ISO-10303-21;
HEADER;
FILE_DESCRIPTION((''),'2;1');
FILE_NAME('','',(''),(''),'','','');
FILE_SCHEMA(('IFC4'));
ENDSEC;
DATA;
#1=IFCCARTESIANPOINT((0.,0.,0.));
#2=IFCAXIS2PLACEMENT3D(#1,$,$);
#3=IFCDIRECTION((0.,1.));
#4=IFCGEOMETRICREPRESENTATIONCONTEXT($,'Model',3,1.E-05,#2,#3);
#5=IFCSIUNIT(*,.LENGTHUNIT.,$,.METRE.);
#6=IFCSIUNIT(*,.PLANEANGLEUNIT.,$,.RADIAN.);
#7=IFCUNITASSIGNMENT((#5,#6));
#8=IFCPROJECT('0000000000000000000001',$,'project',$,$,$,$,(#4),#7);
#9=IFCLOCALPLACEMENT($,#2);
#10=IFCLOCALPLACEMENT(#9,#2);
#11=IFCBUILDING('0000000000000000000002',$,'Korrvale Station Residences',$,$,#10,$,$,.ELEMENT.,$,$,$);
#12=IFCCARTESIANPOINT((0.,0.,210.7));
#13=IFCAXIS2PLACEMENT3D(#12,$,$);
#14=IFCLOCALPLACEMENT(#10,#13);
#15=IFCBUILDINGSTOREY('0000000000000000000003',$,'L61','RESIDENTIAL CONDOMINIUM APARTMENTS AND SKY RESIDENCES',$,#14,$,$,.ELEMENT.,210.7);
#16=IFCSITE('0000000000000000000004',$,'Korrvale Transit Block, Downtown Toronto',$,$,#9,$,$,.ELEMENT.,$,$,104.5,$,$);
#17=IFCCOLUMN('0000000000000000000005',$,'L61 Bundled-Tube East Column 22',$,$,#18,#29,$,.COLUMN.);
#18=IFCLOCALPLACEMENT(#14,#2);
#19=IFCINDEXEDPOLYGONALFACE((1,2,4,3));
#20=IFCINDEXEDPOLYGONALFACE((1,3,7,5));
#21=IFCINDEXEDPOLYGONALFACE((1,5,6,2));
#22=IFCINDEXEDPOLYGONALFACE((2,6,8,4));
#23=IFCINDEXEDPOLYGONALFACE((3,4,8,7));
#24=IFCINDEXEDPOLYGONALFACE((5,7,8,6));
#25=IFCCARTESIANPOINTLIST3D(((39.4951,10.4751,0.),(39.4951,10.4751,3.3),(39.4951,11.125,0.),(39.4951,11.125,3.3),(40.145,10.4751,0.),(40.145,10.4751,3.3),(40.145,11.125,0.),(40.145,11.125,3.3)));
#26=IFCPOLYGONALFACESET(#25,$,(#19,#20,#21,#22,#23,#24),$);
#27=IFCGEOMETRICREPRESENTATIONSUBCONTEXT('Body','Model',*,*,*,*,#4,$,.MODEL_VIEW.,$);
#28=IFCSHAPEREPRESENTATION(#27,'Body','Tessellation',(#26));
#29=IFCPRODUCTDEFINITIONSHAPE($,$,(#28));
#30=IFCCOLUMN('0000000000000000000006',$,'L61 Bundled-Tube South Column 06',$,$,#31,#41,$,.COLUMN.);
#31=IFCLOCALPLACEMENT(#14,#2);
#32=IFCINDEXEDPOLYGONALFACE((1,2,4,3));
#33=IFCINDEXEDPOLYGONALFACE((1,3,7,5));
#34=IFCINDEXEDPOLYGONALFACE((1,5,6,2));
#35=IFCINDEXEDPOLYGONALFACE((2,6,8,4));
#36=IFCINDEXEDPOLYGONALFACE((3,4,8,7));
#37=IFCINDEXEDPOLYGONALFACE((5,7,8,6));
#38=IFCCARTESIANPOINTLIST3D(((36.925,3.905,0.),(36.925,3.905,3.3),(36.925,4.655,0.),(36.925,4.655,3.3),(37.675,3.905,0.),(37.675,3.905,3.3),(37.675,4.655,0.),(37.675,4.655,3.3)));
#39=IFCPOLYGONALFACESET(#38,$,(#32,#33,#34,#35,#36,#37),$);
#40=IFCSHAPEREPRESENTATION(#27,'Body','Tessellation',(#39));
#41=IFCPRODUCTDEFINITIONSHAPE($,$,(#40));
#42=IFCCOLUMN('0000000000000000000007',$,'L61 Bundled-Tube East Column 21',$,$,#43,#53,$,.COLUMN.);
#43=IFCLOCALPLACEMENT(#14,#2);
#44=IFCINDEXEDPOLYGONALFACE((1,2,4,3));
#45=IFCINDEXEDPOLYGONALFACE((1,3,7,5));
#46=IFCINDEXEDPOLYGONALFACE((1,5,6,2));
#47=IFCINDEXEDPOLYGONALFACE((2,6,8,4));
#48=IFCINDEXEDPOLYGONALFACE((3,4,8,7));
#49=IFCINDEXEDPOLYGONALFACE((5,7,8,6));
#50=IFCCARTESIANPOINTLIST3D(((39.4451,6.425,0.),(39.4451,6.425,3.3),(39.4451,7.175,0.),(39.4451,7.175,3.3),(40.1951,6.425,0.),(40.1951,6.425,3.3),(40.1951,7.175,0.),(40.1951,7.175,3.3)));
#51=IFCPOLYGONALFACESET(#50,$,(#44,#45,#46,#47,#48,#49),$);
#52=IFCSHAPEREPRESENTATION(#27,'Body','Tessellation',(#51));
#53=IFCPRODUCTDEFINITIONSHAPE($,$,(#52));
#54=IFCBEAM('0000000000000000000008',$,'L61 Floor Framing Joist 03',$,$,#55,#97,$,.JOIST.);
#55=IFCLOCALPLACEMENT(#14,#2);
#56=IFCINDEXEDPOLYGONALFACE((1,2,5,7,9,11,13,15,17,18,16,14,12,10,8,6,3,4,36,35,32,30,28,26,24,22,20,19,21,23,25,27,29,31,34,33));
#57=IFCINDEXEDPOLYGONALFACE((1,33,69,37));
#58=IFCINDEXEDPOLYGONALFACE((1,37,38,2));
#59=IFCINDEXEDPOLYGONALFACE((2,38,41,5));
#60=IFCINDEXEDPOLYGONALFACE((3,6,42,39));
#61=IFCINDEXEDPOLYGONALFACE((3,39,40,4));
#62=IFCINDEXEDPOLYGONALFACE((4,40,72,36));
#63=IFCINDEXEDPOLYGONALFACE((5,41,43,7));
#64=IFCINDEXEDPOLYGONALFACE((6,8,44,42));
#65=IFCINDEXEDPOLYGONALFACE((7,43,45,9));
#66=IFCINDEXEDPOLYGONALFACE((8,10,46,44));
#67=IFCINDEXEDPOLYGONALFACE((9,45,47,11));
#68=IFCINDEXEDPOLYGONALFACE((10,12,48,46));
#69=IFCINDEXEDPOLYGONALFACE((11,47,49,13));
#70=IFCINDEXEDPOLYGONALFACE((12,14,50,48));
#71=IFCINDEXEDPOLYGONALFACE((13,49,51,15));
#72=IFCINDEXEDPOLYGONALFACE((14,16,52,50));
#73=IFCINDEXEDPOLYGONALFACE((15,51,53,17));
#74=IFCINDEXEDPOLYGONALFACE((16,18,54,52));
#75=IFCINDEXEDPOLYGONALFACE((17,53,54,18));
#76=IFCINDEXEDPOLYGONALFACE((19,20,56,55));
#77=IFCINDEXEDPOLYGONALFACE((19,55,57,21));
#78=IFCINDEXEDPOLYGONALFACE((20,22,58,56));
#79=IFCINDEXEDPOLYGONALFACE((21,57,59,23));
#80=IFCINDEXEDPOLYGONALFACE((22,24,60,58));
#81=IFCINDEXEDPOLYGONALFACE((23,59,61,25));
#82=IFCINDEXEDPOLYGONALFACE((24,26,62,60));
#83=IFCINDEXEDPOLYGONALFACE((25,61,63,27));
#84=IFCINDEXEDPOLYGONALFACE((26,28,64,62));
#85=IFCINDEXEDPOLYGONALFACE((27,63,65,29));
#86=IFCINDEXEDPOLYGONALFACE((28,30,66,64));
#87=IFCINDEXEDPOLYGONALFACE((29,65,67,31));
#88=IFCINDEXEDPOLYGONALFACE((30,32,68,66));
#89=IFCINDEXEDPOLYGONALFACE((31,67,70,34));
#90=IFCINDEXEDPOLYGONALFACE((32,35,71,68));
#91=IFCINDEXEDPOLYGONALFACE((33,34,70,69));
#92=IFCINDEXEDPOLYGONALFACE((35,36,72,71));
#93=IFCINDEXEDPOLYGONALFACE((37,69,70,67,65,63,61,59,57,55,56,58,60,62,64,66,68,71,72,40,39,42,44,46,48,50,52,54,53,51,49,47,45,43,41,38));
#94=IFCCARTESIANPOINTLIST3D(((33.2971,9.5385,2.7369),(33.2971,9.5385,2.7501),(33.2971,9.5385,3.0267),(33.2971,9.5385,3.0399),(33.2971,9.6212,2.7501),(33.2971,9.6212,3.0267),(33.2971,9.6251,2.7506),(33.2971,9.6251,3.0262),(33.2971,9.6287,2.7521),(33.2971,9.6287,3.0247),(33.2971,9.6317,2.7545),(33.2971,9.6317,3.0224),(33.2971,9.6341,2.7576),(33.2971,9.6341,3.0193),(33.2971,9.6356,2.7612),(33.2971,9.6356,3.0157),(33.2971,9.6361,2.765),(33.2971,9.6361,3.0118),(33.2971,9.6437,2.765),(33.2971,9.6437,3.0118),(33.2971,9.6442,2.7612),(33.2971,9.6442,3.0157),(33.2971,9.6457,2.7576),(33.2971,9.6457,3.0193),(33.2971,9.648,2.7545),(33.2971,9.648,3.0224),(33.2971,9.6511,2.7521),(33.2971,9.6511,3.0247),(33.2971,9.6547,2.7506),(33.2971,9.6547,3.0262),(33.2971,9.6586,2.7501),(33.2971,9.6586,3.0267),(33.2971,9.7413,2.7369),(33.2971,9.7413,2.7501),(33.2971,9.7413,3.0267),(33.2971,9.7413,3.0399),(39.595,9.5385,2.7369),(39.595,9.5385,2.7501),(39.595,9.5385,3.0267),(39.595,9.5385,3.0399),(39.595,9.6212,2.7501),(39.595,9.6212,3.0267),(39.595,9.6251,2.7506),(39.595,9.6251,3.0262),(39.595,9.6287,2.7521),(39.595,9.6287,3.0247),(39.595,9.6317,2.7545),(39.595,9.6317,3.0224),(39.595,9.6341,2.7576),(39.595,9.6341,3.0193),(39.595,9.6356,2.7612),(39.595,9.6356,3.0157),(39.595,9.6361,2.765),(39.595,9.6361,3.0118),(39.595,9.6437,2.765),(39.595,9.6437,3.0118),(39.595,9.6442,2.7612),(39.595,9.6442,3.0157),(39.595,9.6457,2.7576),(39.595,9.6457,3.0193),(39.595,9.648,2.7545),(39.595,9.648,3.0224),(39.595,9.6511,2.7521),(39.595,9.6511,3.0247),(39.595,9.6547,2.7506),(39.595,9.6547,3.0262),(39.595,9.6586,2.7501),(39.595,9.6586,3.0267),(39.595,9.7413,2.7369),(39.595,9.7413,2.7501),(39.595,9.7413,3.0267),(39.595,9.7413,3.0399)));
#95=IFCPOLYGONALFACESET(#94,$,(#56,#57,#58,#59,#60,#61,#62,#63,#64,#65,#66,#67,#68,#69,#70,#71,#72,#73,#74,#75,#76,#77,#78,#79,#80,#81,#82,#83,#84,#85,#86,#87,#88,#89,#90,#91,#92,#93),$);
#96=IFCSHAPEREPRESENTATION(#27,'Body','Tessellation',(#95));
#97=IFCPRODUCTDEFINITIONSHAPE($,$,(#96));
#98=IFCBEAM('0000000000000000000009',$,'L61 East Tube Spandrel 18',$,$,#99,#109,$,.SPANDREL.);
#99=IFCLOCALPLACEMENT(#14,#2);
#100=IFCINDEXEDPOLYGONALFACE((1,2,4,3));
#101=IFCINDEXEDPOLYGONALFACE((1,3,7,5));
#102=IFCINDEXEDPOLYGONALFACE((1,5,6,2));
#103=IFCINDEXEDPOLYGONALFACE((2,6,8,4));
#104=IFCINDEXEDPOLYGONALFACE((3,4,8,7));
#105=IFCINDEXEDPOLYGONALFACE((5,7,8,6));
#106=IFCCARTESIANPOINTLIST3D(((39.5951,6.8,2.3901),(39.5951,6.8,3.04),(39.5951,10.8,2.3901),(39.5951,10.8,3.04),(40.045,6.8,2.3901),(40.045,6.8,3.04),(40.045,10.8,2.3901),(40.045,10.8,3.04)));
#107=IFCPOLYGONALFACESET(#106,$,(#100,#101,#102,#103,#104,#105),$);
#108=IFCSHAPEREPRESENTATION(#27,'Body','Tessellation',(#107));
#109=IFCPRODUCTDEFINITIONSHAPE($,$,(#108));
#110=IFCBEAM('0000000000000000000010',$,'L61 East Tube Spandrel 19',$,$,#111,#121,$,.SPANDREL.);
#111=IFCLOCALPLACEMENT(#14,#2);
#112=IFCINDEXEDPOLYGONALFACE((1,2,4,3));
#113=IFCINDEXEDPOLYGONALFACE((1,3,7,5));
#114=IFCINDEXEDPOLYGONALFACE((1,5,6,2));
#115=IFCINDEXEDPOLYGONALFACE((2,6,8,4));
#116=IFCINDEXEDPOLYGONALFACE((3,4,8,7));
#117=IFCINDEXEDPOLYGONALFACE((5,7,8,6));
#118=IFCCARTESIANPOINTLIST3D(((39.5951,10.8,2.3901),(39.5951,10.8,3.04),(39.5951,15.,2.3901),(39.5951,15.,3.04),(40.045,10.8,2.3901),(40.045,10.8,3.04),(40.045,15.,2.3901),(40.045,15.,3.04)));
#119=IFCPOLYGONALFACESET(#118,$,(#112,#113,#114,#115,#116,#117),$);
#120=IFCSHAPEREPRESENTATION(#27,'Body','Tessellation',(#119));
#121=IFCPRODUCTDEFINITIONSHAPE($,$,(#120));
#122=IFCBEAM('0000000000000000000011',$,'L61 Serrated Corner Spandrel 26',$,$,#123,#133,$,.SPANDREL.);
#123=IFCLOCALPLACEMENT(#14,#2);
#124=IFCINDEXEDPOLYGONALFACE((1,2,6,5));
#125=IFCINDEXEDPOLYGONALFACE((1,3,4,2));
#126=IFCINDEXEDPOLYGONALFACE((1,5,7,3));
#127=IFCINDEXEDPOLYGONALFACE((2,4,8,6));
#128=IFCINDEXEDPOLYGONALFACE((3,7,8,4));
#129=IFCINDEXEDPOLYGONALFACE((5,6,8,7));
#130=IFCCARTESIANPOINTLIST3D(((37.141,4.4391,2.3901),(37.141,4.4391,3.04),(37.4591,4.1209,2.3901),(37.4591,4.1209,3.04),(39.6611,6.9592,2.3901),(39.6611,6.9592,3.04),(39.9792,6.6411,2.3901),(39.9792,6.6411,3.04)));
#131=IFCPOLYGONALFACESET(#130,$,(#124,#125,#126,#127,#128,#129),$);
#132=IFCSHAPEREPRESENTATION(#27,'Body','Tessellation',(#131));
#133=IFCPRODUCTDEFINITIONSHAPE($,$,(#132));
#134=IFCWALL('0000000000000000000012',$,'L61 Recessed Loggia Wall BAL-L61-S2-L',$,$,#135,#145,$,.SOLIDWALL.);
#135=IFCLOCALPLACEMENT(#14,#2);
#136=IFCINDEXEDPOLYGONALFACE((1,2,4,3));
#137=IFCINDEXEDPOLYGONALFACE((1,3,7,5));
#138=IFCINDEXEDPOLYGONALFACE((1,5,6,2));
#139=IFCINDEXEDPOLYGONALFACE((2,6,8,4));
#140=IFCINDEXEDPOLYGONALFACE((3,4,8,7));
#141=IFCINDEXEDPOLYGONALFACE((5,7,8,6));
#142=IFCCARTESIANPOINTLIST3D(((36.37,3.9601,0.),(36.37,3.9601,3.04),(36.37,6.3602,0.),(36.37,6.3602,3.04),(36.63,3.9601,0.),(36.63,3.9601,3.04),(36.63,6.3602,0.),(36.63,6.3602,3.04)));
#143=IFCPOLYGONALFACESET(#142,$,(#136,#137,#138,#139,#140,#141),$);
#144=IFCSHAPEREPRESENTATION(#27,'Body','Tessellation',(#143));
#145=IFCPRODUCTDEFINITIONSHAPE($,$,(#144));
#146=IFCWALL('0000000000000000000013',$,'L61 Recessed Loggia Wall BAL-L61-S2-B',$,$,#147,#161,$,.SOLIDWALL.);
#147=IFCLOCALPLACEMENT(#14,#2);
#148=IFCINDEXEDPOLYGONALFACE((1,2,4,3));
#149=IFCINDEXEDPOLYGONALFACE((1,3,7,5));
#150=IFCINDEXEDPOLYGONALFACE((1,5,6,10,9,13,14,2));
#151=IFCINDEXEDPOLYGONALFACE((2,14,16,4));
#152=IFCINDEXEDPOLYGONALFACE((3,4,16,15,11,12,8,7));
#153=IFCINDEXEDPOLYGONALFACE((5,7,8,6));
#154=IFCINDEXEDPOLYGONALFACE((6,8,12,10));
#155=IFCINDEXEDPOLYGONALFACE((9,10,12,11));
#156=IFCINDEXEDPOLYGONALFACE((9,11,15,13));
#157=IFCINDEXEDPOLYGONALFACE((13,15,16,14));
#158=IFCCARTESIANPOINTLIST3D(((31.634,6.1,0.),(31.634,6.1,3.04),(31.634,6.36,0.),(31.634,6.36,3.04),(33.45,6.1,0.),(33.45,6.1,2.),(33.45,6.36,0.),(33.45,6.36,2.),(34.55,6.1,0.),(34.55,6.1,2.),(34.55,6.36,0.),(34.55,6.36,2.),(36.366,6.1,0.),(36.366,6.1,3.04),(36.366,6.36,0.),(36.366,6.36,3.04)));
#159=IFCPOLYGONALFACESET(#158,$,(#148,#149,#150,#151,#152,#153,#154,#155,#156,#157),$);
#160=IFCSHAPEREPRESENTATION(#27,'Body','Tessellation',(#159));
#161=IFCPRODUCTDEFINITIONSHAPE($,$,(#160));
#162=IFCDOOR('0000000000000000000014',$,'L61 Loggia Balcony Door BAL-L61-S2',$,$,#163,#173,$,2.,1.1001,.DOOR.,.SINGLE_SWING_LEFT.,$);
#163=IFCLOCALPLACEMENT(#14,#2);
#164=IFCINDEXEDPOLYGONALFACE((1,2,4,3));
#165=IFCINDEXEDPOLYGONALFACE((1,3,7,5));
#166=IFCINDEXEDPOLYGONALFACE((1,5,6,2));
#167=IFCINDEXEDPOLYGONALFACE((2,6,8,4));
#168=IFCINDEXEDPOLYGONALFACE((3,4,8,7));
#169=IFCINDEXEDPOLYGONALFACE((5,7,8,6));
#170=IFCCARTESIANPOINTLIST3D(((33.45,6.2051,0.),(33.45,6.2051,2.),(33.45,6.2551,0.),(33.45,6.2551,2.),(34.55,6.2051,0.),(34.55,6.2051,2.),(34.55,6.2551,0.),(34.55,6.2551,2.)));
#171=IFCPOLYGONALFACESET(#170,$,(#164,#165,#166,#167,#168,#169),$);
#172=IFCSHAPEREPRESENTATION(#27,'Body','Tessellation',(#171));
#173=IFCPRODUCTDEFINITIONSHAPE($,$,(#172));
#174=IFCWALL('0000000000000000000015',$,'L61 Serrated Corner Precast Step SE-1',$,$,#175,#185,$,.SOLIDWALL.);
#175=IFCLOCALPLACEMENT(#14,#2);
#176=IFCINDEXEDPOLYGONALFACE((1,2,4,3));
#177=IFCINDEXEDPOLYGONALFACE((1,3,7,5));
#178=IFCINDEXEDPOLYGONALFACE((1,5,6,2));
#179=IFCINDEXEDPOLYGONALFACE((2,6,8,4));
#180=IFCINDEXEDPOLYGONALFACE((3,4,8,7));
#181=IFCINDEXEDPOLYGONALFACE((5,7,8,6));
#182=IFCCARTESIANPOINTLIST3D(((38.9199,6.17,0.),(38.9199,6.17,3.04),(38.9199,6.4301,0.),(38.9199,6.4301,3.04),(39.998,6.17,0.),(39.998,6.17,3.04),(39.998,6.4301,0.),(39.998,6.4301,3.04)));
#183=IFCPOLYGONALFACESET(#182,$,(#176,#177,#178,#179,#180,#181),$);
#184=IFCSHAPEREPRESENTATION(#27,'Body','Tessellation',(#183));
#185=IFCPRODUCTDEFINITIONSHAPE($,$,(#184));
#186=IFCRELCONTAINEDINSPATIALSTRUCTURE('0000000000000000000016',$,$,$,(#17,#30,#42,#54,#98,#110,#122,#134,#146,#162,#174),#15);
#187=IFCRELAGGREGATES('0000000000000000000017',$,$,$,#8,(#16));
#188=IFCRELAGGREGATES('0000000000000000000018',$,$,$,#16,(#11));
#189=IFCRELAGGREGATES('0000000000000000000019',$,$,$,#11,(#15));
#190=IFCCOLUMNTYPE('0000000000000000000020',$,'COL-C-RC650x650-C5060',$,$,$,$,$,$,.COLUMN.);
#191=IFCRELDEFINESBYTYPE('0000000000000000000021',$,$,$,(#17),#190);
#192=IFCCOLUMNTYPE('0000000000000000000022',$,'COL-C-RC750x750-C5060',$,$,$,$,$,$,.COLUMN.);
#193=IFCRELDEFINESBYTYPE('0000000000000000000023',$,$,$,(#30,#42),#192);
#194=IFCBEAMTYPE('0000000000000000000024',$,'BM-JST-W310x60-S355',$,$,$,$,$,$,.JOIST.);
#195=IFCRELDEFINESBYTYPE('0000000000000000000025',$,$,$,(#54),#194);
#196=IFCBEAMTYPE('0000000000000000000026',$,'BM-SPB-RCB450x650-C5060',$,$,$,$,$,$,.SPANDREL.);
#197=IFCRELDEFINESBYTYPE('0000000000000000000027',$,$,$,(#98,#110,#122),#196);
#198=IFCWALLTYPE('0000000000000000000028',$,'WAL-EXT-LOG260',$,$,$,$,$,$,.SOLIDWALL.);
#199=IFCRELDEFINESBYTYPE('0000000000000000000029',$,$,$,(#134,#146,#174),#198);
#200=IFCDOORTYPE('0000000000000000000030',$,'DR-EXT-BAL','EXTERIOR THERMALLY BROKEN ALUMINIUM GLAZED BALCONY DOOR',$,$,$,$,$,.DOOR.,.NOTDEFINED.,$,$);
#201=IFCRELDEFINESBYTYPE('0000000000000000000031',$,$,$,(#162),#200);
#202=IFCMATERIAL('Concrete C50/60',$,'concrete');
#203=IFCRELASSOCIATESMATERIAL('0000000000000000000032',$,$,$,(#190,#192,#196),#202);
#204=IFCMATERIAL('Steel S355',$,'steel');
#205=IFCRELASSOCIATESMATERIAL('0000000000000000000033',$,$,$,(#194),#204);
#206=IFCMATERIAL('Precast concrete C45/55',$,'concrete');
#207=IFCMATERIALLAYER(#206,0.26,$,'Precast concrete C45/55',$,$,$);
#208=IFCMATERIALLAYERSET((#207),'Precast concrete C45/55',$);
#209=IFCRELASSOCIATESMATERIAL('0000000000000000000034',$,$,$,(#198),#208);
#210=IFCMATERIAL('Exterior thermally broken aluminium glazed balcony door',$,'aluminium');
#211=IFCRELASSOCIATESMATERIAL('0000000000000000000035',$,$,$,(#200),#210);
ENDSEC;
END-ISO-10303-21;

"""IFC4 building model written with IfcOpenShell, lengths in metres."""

from ifc_helpers import new_model, si_unit, direction, frame, frame_2d, origin, origin_2d, place, context, subcontext, project, spatial, rectangle, i_section, extrude, material, layer, layer_set, material_profile, profile_set, type_object, element, fill, save


model = new_model("IFC4")

# Units and contexts
model_context = context("Model", 3, precision=1e-05, world=origin(), true_north=direction((0.0, 1.0)))
body_context = subcontext(model_context, "Body", "Model", "MODEL_VIEW")
ifc_project = project(units=[si_unit("LENGTHUNIT", "METRE"), si_unit("PLANEANGLEUNIT", "RADIAN")], contexts=[model_context])

# Site, building, storey
site_placement = place(None, origin())
site = spatial("IfcSite", under=ifc_project, at=site_placement, Name="Korrvale Transit Block, Downtown Toronto", CompositionType="ELEMENT", RefElevation=104.5)
building_placement = place(site_placement, origin())
building = spatial("IfcBuilding", under=site, at=building_placement, Name="Korrvale Station Residences", CompositionType="ELEMENT")
storey_placement = place(building_placement, frame((0.0, 0.0, 210.7)))
storey = spatial("IfcBuildingStorey", under=building, at=storey_placement, Name="L61", Description="RESIDENTIAL CONDOMINIUM APARTMENTS AND SKY RESIDENCES", CompositionType="ELEMENT", Elevation=210.7)

# Columns
ifc_material_1 = material(Name="Concrete C50/60", Category="concrete")
ifc_material_profile_1 = material_profile(ifc_material_1, rectangle(XDim=0.6499, YDim=0.6499, at=origin_2d()), Name="RC650x650")
ifc_profile_set_1 = profile_set([ifc_material_profile_1], Name="Concrete C50/60")
column_type_1 = type_object("IfcColumnType", Name="COL-C-RC650x650-C5060", PredefinedType="COLUMN", material=ifc_profile_set_1)
column_placement = place(storey_placement, frame((39.8201, 10.8, 0.0), z_axis=(0.0, 0.0, 1.0), x_axis=(1.0, 0.0, 0.0)))
element("IfcColumn", 1, at=column_placement, inside=storey, type_object=column_type_1, Name="L61 Bundled-Tube East Column 22", PredefinedType="COLUMN", context=body_context, shape_type="SweptSolid", body=[
    extrude(rectangle(XDim=0.6499, YDim=0.6499, at=origin_2d()), origin(), (0.0, 0.0, 1.0), 3.3),
])
ifc_material_profile_2 = material_profile(ifc_material_1, rectangle(XDim=0.75, YDim=0.75, at=origin_2d()), Name="RC750x750")
ifc_profile_set_2 = profile_set([ifc_material_profile_2], Name="Concrete C50/60")
column_type_2 = type_object("IfcColumnType", Name="COL-C-RC750x750-C5060", PredefinedType="COLUMN", material=ifc_profile_set_2)
for number, where, z_axis, x_axis, name in (
    (2, (37.3, 4.28, 0.0), (0.0, 0.0, 1.0), (1.0, 0.0, 0.0), "L61 Bundled-Tube South Column 06"),
    (3, (39.8201, 6.8, 0.0), (0.0, 0.0, 1.0), (1.0, 0.0, 0.0), "L61 Bundled-Tube East Column 21"),
):
    element("IfcColumn", number, at=place(storey_placement, frame(where, z_axis=z_axis, x_axis=x_axis)), inside=storey, type_object=column_type_2, Name=name, PredefinedType="COLUMN", context=body_context, shape_type="SweptSolid", body=[
        extrude(rectangle(XDim=0.75, YDim=0.75, at=origin_2d()), origin(), (0.0, 0.0, 1.0), 3.3),
    ])

# Beams
ifc_material_2 = material(Name="Steel S355", Category="steel")
ifc_material_profile_3 = material_profile(ifc_material_2, i_section(OverallWidth=0.2029, OverallDepth=0.303, WebThickness=0.0076, FlangeThickness=0.0132, FilletRadius=0.0149, at=origin_2d()), Name="W310x60")
ifc_profile_set_3 = profile_set([ifc_material_profile_3], Name="Steel S355")
beam_type_1 = type_object("IfcBeamType", Name="BM-JST-W310x60-S355", PredefinedType="JOIST", material=ifc_profile_set_3)
beam_1_placement = place(storey_placement, frame((33.2971, 9.6399, 2.8884), z_axis=(1.0, 0.0, 0.0), x_axis=(0.0, 1.0, 0.0)))
element("IfcBeam", 4, at=beam_1_placement, inside=storey, type_object=beam_type_1, Name="L61 Floor Framing Joist 03", PredefinedType="JOIST", context=body_context, shape_type="SweptSolid", body=[
    extrude(i_section(OverallWidth=0.2029, OverallDepth=0.303, WebThickness=0.0076, FlangeThickness=0.0132, FilletRadius=0.0149, at=origin_2d()), origin(), (0.0, 0.0, 1.0), 6.2979),
])
ifc_material_profile_4 = material_profile(ifc_material_1, rectangle(XDim=0.45, YDim=0.6499, at=origin_2d()), Name="RCB450x650")
ifc_profile_set_4 = profile_set([ifc_material_profile_4], Name="Concrete C50/60")
beam_type_2 = type_object("IfcBeamType", Name="BM-SPB-RCB450x650-C5060", PredefinedType="SPANDREL", material=ifc_profile_set_4)
beam_2_placement = place(storey_placement, frame((39.8201, 6.8, 2.7151), z_axis=(0.0, 1.0, 0.0), x_axis=(-1.0, 0.0, 0.0)))
element("IfcBeam", 5, at=beam_2_placement, inside=storey, type_object=beam_type_2, Name="L61 East Tube Spandrel 18", PredefinedType="SPANDREL", context=body_context, shape_type="SweptSolid", body=[
    extrude(rectangle(XDim=0.45, YDim=0.6499, at=origin_2d()), origin(), (0.0, 0.0, 1.0), 4.0),
])
beam_3_placement = place(storey_placement, frame((39.8201, 10.8, 2.7151), z_axis=(0.0, 1.0, 0.0), x_axis=(-1.0, 0.0, 0.0)))
element("IfcBeam", 6, at=beam_3_placement, inside=storey, type_object=beam_type_2, Name="L61 East Tube Spandrel 19", PredefinedType="SPANDREL", context=body_context, shape_type="SweptSolid", body=[
    extrude(rectangle(XDim=0.45, YDim=0.6499, at=origin_2d()), origin(), (0.0, 0.0, 1.0), 4.2),
])
beam_4_placement = place(storey_placement, frame((37.3, 4.28, 2.7151), z_axis=(0.707107, 0.707107, 0.0), x_axis=(-0.707107, 0.707107, 0.0)))
element("IfcBeam", 7, at=beam_4_placement, inside=storey, type_object=beam_type_2, Name="L61 Serrated Corner Spandrel 26", PredefinedType="SPANDREL", context=body_context, shape_type="SweptSolid", body=[
    extrude(rectangle(XDim=0.45, YDim=0.6499, at=origin_2d()), origin(), (0.0, 0.0, 1.0), 3.564),
])

# Wall
ifc_material_3 = material(Name="Precast concrete C45/55", Category="concrete")
ifc_layer_1 = layer(ifc_material_3, 0.26, Name="Precast concrete C45/55")
ifc_layer_set_1 = layer_set([ifc_layer_1], Name="Precast concrete C45/55")
wall_type_1 = type_object("IfcWallType", Name="WAL-EXT-LOG260", PredefinedType="SOLIDWALL", material=ifc_layer_set_1)
wall_1_placement = place(storey_placement, frame((36.5, 3.96, 0.0), z_axis=(0.0, 0.0, 1.0), x_axis=(0.0, 1.0, 0.0)))
element("IfcWall", 8, at=wall_1_placement, inside=storey, type_object=wall_type_1, Name="L61 Recessed Loggia Wall BAL-L61-S2-L", PredefinedType="SOLIDWALL", context=body_context, shape_type="SweptSolid", body=[
    extrude(rectangle(XDim=2.4001, YDim=0.26, at=frame_2d((1.2002, 0.0))), origin(), (0.0, 0.0, 1.0), 3.04),
])

# Wall, opening, door
wall_2_placement = place(storey_placement, frame((36.366, 6.23, 0.0), z_axis=(0.0, 0.0, 1.0), x_axis=(-1.0, 0.0, 0.0)))
wall_2 = element("IfcWall", 9, at=wall_2_placement, inside=storey, type_object=wall_type_1, Name="L61 Recessed Loggia Wall BAL-L61-S2-B", PredefinedType="SOLIDWALL", context=body_context, shape_type="SweptSolid", body=[
    extrude(rectangle(XDim=4.7319, YDim=0.26, at=frame_2d((2.366, 0.0))), origin(), (0.0, 0.0, 1.0), 3.04),
])
opening_1_placement = place(wall_2_placement, frame((1.8159, 0.0, 0.0)))
opening_1 = element("IfcOpeningElement", 10, at=opening_1_placement, cuts=wall_2, PredefinedType="OPENING", context=body_context, shape_type="SweptSolid", body=[
    extrude(rectangle(XDim=1.1001, YDim=2.0, at=frame_2d((0.55, 1.0))), frame((0.0, 0.1401, 0.0), z_axis=(0.0, -1.0, 0.0), x_axis=(1.0, 0.0, 0.0)), (0.0, 0.0, 1.0), 0.28),
])
ifc_material_4 = material(Name="Exterior thermally broken aluminium glazed balcony door", Category="aluminium")
door_type_1 = type_object("IfcDoorType", Name="DR-EXT-BAL", Description="EXTERIOR THERMALLY BROKEN ALUMINIUM GLAZED BALCONY DOOR", OperationType="NOTDEFINED", PredefinedType="DOOR", material=ifc_material_4)
door_1_placement = place(opening_1_placement, origin())
door_1 = element("IfcDoor", 11, at=door_1_placement, inside=storey, type_object=door_type_1, Name="L61 Loggia Balcony Door BAL-L61-S2", OperationType="SINGLE_SWING_LEFT", OverallHeight=2.0, OverallWidth=1.1001, PredefinedType="DOOR", context=body_context, shape_type="SweptSolid", body=[
    extrude(rectangle(XDim=1.1001, YDim=2.0, at=frame_2d((0.55, 1.0))), frame((0.0, 0.0249, 0.0), z_axis=(0.0, -1.0, 0.0), x_axis=(1.0, 0.0, 0.0)), (0.0, 0.0, 1.0), 0.05),
])
fill(opening_1, door_1)

# Wall
wall_3_placement = place(storey_placement, frame((39.998, 6.3, 0.0), z_axis=(0.0, 0.0, 1.0), x_axis=(-1.0, 0.0, 0.0)))
element("IfcWall", 12, at=wall_3_placement, inside=storey, type_object=wall_type_1, Name="L61 Serrated Corner Precast Step SE-1", PredefinedType="SOLIDWALL", context=body_context, shape_type="SweptSolid", body=[
    extrude(rectangle(XDim=1.0781, YDim=0.26, at=frame_2d((0.5391, 0.0))), origin(), (0.0, 0.0, 1.0), 3.04),
])

save(model, "model.ifc")
